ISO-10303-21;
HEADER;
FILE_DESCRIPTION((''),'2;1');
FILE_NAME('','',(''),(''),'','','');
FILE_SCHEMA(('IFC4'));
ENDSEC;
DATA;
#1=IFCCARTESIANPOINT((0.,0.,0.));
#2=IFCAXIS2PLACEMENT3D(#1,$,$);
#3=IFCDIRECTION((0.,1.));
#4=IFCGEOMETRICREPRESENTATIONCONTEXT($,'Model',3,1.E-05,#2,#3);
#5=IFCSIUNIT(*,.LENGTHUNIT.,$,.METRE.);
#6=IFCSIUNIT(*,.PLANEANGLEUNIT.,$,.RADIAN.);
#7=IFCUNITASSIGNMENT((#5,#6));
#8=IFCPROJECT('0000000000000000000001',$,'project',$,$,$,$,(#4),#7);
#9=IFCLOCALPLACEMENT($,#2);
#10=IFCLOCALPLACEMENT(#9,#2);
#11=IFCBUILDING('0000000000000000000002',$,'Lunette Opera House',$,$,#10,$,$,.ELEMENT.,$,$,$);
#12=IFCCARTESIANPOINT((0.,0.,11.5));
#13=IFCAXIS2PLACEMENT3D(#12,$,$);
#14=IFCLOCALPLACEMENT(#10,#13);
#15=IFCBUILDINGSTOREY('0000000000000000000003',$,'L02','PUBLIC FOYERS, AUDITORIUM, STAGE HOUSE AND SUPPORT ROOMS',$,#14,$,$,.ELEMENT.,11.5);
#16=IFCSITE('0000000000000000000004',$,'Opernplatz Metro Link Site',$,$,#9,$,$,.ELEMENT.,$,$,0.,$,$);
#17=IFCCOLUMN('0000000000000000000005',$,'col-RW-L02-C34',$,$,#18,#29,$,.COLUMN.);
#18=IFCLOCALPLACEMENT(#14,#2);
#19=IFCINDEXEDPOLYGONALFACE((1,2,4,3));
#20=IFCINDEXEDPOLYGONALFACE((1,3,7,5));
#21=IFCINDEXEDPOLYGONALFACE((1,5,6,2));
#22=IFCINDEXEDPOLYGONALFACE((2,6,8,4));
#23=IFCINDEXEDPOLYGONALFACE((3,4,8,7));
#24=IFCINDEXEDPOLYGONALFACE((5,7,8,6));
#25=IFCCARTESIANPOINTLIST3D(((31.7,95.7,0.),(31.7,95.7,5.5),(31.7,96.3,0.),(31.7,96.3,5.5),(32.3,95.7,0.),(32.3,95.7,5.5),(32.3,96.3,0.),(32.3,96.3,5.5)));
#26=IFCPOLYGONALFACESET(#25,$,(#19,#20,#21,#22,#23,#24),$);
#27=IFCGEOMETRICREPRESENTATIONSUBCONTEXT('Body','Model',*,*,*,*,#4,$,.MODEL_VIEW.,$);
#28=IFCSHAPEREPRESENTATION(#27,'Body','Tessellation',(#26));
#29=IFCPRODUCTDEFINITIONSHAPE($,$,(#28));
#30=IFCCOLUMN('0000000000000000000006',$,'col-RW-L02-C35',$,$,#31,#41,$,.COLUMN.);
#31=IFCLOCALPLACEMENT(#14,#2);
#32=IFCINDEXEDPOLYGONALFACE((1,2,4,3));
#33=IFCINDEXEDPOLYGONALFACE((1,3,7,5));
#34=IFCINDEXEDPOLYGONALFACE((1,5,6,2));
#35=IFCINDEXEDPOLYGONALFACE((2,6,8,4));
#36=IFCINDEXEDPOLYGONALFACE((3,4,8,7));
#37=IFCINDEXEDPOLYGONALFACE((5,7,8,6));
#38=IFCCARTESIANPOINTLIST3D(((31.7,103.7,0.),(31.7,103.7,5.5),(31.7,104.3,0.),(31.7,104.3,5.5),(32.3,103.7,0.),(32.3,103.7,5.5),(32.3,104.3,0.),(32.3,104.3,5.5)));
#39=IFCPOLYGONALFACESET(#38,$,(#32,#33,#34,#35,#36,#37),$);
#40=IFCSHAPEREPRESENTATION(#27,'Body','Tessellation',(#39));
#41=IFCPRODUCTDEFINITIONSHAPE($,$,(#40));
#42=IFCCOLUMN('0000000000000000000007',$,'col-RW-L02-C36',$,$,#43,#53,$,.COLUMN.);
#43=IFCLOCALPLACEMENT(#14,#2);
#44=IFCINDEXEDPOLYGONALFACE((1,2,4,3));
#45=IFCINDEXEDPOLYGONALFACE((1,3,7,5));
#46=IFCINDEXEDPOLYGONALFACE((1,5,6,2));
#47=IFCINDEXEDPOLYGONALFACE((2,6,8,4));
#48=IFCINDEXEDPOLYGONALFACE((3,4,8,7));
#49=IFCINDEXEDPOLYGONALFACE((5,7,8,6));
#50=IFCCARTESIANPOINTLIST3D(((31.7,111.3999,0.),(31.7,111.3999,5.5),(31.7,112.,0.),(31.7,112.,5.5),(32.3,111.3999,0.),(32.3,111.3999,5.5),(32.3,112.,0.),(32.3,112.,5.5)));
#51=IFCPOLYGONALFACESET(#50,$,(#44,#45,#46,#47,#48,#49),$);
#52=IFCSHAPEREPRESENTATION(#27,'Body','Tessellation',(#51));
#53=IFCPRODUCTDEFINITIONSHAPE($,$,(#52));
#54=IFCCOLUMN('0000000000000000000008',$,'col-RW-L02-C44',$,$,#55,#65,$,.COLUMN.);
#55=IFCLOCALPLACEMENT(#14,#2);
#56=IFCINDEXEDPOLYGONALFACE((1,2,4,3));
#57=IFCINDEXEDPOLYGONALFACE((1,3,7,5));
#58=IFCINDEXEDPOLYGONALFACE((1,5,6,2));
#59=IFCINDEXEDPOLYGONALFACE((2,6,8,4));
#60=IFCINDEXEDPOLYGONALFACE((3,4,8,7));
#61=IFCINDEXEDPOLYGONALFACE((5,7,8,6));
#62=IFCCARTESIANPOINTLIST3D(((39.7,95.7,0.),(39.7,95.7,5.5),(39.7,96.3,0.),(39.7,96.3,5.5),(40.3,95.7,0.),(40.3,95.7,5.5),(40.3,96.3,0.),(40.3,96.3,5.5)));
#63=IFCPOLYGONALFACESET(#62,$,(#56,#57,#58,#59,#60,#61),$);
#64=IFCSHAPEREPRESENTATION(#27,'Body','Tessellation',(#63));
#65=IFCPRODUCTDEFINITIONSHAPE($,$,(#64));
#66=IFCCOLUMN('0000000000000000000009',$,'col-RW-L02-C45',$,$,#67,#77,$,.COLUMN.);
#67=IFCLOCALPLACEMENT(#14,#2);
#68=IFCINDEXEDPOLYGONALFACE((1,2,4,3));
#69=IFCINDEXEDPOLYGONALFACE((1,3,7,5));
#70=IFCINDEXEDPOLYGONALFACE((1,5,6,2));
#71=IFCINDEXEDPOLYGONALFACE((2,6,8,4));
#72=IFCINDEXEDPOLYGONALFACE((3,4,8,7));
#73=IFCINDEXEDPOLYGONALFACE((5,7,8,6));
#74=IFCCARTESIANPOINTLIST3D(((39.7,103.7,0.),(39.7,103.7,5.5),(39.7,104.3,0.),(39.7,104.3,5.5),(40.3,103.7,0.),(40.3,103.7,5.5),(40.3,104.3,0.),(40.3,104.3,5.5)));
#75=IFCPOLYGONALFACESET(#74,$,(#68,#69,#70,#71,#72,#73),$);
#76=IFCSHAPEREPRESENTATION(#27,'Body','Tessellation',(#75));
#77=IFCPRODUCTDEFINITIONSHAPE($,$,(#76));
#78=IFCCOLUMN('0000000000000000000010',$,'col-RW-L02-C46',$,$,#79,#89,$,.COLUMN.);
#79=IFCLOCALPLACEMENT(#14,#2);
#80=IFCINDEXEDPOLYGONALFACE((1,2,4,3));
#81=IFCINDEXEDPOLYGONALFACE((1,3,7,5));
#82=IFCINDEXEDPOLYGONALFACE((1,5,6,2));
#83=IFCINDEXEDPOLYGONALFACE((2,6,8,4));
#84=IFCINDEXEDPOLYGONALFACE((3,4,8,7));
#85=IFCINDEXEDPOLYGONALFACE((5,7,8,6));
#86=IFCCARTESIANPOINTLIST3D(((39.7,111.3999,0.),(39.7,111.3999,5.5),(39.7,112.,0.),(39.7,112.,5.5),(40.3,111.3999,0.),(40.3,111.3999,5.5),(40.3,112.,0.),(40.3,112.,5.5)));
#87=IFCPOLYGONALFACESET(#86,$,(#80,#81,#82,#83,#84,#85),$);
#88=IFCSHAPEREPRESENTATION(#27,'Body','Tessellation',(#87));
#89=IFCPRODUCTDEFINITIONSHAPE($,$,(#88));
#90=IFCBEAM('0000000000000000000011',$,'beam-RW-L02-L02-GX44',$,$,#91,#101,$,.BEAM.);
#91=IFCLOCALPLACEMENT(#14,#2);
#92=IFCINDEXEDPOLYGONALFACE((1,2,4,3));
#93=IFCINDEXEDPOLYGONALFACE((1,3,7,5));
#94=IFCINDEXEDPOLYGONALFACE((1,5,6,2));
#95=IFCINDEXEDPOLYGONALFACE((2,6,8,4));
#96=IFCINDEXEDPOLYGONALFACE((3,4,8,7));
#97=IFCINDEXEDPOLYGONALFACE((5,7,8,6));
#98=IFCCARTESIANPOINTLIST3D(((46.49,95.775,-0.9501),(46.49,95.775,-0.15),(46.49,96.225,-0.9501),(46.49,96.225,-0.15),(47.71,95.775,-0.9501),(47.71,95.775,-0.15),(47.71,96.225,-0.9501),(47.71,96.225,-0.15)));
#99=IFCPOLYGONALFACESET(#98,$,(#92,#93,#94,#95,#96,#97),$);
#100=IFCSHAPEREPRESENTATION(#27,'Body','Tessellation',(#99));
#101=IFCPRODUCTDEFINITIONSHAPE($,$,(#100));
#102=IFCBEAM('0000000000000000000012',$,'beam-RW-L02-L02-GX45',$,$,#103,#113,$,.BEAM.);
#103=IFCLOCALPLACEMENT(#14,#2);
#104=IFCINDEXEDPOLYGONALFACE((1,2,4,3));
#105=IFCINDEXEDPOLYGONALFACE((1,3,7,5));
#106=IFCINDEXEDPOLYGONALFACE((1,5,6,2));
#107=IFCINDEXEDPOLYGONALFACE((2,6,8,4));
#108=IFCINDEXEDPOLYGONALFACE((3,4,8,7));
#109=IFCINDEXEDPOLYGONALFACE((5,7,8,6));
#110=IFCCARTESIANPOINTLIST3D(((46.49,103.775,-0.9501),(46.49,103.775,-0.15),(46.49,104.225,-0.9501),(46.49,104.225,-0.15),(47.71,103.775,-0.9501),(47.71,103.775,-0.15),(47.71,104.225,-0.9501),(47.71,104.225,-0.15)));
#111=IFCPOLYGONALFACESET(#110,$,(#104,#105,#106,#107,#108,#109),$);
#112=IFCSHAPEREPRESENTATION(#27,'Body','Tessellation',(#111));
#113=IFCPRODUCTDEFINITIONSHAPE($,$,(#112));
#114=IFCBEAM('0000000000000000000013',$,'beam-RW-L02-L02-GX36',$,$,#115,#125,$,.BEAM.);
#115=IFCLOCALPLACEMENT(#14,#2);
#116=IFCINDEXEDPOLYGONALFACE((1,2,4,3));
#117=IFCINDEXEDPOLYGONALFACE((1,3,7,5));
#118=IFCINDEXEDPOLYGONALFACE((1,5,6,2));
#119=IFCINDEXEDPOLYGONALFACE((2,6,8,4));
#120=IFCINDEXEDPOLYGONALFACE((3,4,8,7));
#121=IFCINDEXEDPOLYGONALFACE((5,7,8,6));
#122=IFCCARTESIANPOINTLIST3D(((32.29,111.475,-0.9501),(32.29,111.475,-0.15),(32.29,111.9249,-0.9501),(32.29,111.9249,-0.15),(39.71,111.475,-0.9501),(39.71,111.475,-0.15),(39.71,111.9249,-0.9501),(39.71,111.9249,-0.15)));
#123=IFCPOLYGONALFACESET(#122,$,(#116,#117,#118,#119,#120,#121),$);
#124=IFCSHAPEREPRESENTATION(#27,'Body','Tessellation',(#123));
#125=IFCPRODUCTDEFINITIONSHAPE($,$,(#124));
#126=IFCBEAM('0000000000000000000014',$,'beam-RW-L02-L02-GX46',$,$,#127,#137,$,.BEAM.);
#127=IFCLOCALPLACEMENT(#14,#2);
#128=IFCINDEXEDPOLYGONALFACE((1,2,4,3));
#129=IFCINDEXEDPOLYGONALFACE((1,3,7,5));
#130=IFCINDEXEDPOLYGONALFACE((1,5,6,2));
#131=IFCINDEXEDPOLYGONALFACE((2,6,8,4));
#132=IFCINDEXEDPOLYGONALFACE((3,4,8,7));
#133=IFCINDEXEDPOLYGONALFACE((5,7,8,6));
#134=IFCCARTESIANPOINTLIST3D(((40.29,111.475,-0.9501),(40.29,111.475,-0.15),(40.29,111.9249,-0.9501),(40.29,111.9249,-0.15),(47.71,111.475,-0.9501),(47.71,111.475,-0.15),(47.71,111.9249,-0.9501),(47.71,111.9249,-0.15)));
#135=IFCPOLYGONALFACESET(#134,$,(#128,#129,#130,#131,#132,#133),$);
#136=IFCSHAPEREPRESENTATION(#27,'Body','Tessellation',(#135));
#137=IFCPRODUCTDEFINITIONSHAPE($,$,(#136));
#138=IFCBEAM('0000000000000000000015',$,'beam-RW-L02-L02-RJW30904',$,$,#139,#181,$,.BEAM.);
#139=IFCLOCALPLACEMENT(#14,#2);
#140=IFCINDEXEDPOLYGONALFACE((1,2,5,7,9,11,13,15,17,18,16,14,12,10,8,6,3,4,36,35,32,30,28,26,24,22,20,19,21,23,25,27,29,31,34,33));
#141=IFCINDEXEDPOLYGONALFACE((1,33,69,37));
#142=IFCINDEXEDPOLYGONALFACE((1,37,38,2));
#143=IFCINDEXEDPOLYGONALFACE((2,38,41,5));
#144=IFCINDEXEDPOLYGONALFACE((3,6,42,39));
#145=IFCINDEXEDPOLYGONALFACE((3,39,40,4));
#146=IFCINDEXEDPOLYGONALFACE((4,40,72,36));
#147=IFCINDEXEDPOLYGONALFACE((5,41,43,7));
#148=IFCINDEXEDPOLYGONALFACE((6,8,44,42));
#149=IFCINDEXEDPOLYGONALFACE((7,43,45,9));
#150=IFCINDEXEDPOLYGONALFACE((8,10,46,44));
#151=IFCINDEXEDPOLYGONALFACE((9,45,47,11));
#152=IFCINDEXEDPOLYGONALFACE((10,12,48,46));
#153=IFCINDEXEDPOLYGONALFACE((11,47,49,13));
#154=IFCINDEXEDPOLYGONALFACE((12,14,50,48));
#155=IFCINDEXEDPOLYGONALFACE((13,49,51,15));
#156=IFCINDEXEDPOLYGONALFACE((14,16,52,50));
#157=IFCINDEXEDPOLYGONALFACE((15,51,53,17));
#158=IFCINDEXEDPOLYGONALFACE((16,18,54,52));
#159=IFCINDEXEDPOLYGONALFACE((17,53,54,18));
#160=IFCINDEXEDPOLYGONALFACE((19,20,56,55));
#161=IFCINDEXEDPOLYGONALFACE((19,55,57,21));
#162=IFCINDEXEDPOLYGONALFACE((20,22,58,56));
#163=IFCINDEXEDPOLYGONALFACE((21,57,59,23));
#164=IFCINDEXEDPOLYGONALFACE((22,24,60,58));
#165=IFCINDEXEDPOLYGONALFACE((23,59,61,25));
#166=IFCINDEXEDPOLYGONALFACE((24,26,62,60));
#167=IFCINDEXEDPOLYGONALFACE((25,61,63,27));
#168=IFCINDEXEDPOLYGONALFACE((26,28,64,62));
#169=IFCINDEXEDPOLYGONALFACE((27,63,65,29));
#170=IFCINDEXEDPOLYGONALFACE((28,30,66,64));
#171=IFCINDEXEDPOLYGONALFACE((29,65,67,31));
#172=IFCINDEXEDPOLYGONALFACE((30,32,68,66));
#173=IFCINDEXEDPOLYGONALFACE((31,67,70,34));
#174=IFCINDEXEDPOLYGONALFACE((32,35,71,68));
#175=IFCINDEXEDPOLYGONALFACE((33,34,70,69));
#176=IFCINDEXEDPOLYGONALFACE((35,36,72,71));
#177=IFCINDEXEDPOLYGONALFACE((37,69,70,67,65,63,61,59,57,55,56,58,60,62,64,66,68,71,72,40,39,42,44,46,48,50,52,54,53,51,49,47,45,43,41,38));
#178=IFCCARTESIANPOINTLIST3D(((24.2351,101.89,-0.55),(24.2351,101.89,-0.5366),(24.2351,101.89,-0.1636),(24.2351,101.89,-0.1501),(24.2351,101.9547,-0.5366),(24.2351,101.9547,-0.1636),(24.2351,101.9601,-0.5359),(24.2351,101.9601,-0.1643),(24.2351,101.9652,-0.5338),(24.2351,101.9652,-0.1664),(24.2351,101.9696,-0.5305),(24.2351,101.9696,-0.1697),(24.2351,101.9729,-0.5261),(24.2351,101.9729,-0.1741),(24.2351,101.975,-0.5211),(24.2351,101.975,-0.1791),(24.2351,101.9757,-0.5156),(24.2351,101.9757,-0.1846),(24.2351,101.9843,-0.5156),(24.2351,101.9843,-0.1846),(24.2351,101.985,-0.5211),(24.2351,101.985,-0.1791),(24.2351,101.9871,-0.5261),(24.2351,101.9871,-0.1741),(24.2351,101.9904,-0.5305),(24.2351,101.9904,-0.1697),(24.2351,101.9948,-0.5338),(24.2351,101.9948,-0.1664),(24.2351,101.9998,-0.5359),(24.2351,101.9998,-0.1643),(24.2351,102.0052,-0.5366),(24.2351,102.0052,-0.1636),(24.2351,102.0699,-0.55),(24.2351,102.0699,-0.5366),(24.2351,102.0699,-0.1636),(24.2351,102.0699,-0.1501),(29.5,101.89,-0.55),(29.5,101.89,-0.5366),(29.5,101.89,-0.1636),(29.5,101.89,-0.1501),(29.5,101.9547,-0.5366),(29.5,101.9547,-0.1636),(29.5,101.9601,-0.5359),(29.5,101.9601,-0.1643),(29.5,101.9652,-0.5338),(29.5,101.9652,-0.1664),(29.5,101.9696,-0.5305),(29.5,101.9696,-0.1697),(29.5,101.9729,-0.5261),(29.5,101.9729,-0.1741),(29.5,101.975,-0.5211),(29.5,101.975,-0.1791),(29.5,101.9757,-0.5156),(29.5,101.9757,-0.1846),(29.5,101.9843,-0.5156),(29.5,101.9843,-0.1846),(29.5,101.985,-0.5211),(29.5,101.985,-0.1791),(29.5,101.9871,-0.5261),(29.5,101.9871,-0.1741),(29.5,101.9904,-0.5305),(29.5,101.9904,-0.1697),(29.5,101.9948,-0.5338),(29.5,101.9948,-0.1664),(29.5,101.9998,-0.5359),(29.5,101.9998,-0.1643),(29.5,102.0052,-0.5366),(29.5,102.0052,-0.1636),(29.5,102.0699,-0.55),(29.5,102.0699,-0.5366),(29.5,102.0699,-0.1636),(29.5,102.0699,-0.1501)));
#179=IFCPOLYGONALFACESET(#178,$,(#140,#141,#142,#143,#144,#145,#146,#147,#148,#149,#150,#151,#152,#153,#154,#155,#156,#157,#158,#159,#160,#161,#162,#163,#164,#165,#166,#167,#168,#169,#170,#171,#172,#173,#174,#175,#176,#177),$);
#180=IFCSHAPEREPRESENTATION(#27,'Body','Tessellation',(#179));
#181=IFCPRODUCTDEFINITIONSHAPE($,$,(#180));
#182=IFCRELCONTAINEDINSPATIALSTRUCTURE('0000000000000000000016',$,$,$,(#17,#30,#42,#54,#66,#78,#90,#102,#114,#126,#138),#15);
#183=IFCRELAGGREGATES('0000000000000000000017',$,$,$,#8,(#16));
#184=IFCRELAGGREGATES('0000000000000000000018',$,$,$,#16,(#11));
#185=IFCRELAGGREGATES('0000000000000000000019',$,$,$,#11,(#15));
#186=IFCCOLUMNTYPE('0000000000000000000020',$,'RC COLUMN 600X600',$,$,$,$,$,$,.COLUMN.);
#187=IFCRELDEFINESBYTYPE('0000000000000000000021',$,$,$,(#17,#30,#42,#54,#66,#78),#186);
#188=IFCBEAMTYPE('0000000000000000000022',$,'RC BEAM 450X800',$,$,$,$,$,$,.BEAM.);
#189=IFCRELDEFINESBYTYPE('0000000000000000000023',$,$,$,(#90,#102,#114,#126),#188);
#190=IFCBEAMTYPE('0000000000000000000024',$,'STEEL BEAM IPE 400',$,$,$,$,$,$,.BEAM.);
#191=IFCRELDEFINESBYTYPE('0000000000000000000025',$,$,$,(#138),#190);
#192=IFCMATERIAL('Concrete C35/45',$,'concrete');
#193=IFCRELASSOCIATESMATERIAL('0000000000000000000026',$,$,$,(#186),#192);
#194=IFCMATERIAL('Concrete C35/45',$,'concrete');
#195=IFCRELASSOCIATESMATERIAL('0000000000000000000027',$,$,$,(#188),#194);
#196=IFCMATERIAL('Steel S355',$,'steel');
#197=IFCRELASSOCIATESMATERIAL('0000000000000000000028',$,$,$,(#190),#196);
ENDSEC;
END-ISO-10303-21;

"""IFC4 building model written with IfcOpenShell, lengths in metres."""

from ifc_helpers import new_model, si_unit, direction, frame, origin, origin_2d, place, context, subcontext, project, spatial, rectangle, i_section, extrude, material, material_profile, profile_set, type_object, element, save


model = new_model("IFC4")

# Units and contexts
model_context = context("Model", 3, precision=1e-05, world=origin(), true_north=direction((0.0, 1.0)))
body_context = subcontext(model_context, "Body", "Model", "MODEL_VIEW")
ifc_project = project(units=[si_unit("LENGTHUNIT", "METRE"), si_unit("PLANEANGLEUNIT", "RADIAN")], contexts=[model_context])

# Site, building, storey
site_placement = place(None, origin())
site = spatial("IfcSite", under=ifc_project, at=site_placement, Name="Opernplatz Metro Link Site", CompositionType="ELEMENT", RefElevation=0.0)
building_placement = place(site_placement, origin())
building = spatial("IfcBuilding", under=site, at=building_placement, Name="Lunette Opera House", CompositionType="ELEMENT")
storey_placement = place(building_placement, frame((0.0, 0.0, 11.5)))
storey = spatial("IfcBuildingStorey", under=building, at=storey_placement, Name="L02", Description="PUBLIC FOYERS, AUDITORIUM, STAGE HOUSE AND SUPPORT ROOMS", CompositionType="ELEMENT", Elevation=11.5)

# Columns
ifc_material_1 = material(Name="Concrete C35/45", Category="concrete")
ifc_material_profile_1 = material_profile(ifc_material_1, rectangle(XDim=0.6001, YDim=0.6001, at=origin_2d()), Name="RC COLUMN 600X600")
ifc_profile_set_1 = profile_set([ifc_material_profile_1], Name="Concrete C35/45")
column_type = type_object("IfcColumnType", Name="RC COLUMN 600X600", PredefinedType="COLUMN", material=ifc_profile_set_1)
for number, where, z_axis, x_axis, name in (
    (1, (32.0, 96.0, 0.0), (0.0, 0.0, 1.0), (1.0, 0.0, 0.0), "col-RW-L02-C34"),
    (2, (32.0, 104.0, 0.0), (0.0, 0.0, 1.0), (1.0, 0.0, 0.0), "col-RW-L02-C35"),
    (3, (32.0, 111.7, 0.0), (0.0, 0.0, 1.0), (1.0, 0.0, 0.0), "col-RW-L02-C36"),
    (4, (40.0, 96.0, 0.0), (0.0, 0.0, 1.0), (1.0, 0.0, 0.0), "col-RW-L02-C44"),
    (5, (40.0, 104.0, 0.0), (0.0, 0.0, 1.0), (1.0, 0.0, 0.0), "col-RW-L02-C45"),
    (6, (40.0, 111.7, 0.0), (0.0, 0.0, 1.0), (1.0, 0.0, 0.0), "col-RW-L02-C46"),
):
    element("IfcColumn", number, at=place(storey_placement, frame(where, z_axis=z_axis, x_axis=x_axis)), inside=storey, type_object=column_type, Name=name, PredefinedType="COLUMN", context=body_context, shape_type="SweptSolid", body=[
        extrude(rectangle(XDim=0.6001, YDim=0.6001, at=origin_2d()), origin(), (0.0, 0.0, 1.0), 5.5),
    ])

# Beams
ifc_material_2 = material(Name="Concrete C35/45", Category="concrete")
ifc_material_profile_2 = material_profile(ifc_material_2, rectangle(XDim=0.45, YDim=0.8, at=origin_2d()), Name="RC BEAM 450X800")
ifc_profile_set_2 = profile_set([ifc_material_profile_2], Name="Concrete C35/45")
beam_type_1 = type_object("IfcBeamType", Name="RC BEAM 450X800", PredefinedType="BEAM", material=ifc_profile_set_2)
for number, where, z_axis, x_axis, name in (
    (7, (46.49, 96.0, -0.55), (1.0, 0.0, 0.0), (0.0, 1.0, 0.0), "beam-RW-L02-L02-GX44"),
    (8, (46.49, 104.0, -0.55), (1.0, 0.0, 0.0), (0.0, 1.0, 0.0), "beam-RW-L02-L02-GX45"),
):
    element("IfcBeam", number, at=place(storey_placement, frame(where, z_axis=z_axis, x_axis=x_axis)), inside=storey, type_object=beam_type_1, Name=name, PredefinedType="BEAM", context=body_context, shape_type="SweptSolid", body=[
        extrude(rectangle(XDim=0.45, YDim=0.8, at=origin_2d()), origin(), (0.0, 0.0, 1.0), 1.22),
    ])
for number, where, z_axis, x_axis, name in (
    (9, (32.29, 111.7, -0.55), (1.0, 0.0, 0.0), (0.0, 1.0, 0.0), "beam-RW-L02-L02-GX36"),
    (10, (40.29, 111.7, -0.55), (1.0, 0.0, 0.0), (0.0, 1.0, 0.0), "beam-RW-L02-L02-GX46"),
):
    element("IfcBeam", number, at=place(storey_placement, frame(where, z_axis=z_axis, x_axis=x_axis)), inside=storey, type_object=beam_type_1, Name=name, PredefinedType="BEAM", context=body_context, shape_type="SweptSolid", body=[
        extrude(rectangle(XDim=0.45, YDim=0.8, at=origin_2d()), origin(), (0.0, 0.0, 1.0), 7.4199),
    ])
ifc_material_3 = material(Name="Steel S355", Category="steel")
ifc_material_profile_3 = material_profile(ifc_material_3, i_section(OverallWidth=0.1799, OverallDepth=0.3999, WebThickness=0.0085, FlangeThickness=0.0134, FilletRadius=0.021, at=origin_2d()), Name="IPE 400")
ifc_profile_set_3 = profile_set([ifc_material_profile_3], Name="Steel S355")
beam_type_2 = type_object("IfcBeamType", Name="STEEL BEAM IPE 400", PredefinedType="BEAM", material=ifc_profile_set_3)
for number, where, z_axis, x_axis, name in (
    (11, (29.5, 101.98, -0.3501), (-1.0, 0.0, 0.0), (0.0, -1.0, 0.0), "beam-RW-L02-L02-RJW30904"),
):
    element("IfcBeam", number, at=place(storey_placement, frame(where, z_axis=z_axis, x_axis=x_axis)), inside=storey, type_object=beam_type_2, Name=name, PredefinedType="BEAM", context=body_context, shape_type="SweptSolid", body=[
        extrude(i_section(OverallWidth=0.1799, OverallDepth=0.3999, WebThickness=0.0085, FlangeThickness=0.0134, FilletRadius=0.021, at=origin_2d()), origin(), (0.0, 0.0, 1.0), 5.2649),
    ])

save(model, "model.ifc")
